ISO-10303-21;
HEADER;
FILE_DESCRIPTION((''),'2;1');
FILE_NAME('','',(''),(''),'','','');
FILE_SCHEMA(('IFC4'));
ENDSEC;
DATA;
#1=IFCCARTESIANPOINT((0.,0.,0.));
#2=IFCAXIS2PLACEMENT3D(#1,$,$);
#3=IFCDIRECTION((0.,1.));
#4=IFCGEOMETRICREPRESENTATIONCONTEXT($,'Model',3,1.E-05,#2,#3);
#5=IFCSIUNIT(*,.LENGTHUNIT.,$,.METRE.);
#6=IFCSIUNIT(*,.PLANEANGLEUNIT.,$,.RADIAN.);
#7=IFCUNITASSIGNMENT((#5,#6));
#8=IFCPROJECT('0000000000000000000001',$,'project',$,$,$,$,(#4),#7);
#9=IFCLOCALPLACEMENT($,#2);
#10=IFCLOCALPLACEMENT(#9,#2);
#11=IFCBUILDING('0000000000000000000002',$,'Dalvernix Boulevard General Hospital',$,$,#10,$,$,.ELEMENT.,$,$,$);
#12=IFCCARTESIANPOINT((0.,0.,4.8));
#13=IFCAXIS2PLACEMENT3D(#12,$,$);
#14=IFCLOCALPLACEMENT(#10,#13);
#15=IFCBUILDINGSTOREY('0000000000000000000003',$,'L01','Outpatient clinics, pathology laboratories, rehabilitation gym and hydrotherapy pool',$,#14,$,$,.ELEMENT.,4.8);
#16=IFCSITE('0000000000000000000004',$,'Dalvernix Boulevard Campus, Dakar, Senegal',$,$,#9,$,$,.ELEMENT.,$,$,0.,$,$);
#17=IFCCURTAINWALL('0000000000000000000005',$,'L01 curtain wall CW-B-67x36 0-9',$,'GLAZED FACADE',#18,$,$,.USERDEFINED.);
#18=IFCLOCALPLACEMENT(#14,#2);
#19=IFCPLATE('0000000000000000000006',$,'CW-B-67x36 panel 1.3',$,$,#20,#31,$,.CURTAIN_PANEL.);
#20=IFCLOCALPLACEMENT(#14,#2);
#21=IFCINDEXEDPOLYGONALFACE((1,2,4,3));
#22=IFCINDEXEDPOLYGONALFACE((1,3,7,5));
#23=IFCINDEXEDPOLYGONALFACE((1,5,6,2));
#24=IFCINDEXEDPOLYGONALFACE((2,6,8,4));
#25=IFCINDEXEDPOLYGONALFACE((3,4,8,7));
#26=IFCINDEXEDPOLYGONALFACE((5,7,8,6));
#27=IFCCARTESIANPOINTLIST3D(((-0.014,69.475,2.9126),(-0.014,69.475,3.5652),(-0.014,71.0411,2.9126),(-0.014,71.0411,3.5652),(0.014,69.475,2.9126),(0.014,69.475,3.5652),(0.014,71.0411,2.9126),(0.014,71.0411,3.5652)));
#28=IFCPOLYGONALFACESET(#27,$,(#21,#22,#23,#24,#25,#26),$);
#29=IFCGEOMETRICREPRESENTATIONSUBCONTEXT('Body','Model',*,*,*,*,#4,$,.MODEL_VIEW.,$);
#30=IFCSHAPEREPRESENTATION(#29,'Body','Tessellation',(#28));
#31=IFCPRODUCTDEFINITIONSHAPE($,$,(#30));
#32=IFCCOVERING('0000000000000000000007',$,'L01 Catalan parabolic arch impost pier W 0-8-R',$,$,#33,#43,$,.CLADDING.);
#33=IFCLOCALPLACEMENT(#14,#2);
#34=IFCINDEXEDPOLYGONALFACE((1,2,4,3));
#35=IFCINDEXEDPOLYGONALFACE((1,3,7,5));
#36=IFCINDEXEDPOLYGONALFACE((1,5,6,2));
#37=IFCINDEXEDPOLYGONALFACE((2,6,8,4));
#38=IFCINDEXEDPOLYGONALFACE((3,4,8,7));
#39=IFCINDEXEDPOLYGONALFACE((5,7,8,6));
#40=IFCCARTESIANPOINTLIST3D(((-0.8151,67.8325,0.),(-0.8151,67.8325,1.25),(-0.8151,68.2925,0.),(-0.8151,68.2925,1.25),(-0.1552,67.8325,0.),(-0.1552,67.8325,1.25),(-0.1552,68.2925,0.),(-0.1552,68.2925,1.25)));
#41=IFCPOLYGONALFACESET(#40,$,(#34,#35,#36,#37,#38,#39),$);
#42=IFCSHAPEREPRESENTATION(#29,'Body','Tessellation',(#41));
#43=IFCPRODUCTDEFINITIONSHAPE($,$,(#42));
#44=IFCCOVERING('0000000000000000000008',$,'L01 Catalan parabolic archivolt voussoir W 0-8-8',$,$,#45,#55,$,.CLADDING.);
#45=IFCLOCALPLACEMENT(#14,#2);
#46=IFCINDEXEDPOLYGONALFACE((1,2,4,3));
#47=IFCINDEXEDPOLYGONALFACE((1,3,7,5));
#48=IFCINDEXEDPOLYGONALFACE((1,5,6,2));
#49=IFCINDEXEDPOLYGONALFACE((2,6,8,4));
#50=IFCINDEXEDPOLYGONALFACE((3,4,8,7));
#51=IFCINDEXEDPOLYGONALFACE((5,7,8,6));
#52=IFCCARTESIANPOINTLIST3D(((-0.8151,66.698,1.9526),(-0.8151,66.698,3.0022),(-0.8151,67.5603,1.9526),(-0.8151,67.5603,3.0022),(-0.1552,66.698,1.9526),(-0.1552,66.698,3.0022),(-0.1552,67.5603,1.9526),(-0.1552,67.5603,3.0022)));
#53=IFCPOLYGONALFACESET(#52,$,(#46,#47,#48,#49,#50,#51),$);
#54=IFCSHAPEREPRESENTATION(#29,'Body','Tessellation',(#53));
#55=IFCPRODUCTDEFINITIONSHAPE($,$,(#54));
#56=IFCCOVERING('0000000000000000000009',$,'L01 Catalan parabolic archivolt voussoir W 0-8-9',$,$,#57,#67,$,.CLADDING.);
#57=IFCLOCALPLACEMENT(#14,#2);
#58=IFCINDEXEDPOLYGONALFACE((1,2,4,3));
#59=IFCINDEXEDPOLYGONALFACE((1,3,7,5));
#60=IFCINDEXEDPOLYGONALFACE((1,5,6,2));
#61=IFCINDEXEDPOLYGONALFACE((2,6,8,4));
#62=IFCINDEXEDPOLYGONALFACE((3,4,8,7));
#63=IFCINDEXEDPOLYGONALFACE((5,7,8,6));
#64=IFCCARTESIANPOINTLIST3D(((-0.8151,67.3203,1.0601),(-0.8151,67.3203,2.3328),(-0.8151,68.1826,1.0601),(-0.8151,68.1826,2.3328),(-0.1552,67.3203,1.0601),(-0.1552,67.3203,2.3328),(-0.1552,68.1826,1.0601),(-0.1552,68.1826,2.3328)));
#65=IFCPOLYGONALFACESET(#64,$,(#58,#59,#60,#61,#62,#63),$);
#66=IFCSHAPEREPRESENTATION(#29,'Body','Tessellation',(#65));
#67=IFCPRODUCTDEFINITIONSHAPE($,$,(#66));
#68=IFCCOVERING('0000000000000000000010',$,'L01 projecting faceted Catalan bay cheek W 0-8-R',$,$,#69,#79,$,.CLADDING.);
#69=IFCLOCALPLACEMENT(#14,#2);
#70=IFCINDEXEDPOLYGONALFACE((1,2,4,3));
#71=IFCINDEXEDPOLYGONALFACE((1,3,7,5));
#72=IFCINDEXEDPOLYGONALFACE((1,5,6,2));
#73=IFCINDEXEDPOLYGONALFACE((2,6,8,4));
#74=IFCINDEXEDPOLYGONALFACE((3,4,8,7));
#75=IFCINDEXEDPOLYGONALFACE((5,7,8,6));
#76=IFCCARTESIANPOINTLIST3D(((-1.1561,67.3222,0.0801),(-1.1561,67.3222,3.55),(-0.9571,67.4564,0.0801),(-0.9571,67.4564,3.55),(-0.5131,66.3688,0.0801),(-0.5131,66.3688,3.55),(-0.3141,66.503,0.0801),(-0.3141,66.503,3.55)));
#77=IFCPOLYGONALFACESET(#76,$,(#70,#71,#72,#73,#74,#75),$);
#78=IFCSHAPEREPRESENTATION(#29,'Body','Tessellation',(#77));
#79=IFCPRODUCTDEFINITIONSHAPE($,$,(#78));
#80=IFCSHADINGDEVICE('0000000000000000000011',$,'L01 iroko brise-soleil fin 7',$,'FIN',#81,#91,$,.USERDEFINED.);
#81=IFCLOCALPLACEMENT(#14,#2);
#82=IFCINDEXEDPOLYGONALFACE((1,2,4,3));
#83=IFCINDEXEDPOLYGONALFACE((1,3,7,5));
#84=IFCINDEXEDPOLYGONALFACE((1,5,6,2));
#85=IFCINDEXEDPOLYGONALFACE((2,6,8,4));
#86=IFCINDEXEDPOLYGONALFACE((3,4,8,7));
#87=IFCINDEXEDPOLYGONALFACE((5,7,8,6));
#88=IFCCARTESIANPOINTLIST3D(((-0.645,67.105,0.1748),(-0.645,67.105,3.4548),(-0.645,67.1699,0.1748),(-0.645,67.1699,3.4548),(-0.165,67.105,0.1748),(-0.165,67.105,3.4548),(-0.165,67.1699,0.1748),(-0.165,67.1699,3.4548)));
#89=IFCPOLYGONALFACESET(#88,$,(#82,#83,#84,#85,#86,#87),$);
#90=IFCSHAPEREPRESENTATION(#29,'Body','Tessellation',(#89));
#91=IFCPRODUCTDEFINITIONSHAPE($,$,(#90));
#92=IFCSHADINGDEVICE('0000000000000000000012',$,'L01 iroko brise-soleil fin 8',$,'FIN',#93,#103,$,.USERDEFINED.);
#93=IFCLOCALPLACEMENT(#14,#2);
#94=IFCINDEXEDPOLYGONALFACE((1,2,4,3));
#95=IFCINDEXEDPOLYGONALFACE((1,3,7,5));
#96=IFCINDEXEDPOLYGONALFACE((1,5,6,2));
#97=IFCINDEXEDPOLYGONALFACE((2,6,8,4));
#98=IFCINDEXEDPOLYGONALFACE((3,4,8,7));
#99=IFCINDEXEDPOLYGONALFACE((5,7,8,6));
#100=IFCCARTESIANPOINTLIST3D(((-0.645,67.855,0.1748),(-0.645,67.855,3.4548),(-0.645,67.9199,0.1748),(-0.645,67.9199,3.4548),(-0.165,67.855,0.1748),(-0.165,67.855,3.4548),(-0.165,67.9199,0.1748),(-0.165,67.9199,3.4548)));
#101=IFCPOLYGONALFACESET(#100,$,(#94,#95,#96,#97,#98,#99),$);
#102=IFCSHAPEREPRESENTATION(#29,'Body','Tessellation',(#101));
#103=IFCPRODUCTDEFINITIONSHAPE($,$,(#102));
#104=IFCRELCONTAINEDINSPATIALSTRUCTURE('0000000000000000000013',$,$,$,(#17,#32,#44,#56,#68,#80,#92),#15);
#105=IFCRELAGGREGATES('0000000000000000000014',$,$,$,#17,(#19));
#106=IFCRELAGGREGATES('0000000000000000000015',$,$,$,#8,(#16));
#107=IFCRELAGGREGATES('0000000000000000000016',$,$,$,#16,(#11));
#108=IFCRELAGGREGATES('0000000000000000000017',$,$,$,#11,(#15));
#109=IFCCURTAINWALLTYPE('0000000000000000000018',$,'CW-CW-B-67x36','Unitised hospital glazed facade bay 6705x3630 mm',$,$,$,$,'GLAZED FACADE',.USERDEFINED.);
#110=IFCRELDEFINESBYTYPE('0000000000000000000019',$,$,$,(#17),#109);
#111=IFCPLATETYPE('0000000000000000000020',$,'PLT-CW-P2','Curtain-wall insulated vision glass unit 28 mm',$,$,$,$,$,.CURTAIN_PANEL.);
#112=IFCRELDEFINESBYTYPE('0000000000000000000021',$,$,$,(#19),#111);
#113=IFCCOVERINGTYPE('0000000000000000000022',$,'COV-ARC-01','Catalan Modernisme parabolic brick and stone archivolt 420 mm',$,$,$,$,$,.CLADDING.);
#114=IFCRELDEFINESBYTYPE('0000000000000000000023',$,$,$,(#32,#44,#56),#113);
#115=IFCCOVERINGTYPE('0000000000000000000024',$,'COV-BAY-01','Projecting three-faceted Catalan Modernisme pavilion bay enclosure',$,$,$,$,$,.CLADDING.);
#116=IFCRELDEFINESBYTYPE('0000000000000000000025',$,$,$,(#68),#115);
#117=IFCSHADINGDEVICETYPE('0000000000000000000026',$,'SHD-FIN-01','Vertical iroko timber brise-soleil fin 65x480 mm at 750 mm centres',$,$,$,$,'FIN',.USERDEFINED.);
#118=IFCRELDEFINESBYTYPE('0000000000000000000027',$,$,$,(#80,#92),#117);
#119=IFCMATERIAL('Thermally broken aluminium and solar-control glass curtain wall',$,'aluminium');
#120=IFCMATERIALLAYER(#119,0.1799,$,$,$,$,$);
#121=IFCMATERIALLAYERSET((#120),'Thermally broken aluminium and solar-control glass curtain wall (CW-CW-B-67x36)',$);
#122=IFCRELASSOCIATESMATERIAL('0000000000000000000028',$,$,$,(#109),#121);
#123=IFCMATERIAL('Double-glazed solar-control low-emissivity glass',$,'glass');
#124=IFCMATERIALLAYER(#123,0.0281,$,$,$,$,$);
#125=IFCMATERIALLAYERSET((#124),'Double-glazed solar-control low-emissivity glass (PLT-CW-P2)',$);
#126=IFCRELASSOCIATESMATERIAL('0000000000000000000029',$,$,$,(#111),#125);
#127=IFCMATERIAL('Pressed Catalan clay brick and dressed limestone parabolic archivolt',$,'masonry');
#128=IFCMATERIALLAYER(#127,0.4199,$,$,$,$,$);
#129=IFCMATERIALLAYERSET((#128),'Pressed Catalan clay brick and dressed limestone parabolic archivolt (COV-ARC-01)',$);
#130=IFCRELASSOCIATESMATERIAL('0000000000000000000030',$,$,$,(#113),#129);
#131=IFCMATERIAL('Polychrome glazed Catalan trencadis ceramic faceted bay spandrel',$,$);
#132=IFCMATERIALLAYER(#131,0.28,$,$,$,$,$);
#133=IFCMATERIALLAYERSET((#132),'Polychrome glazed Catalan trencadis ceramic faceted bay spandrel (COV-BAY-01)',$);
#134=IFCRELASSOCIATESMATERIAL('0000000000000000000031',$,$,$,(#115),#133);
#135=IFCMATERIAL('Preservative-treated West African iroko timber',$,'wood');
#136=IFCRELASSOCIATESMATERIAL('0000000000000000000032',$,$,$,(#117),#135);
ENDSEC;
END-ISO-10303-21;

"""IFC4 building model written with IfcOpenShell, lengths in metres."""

from ifc_helpers import new_model, si_unit, direction, frame, origin, origin_2d, place, context, subcontext, project, spatial, rectangle, extrude, material, layer, layer_set, type_object, element, aggregate, save


model = new_model("IFC4")

# Units and contexts
model_context = context("Model", 3, precision=1e-05, world=origin(), true_north=direction((0.0, 1.0)))
body_context = subcontext(model_context, "Body", "Model", "MODEL_VIEW")
ifc_project = project(units=[si_unit("LENGTHUNIT", "METRE"), si_unit("PLANEANGLEUNIT", "RADIAN")], contexts=[model_context])

# Site, building, storey
site_placement = place(None, origin())
site = spatial("IfcSite", under=ifc_project, at=site_placement, Name="Dalvernix Boulevard Campus, Dakar, Senegal", CompositionType="ELEMENT", RefElevation=0.0)
building_placement = place(site_placement, origin())
building = spatial("IfcBuilding", under=site, at=building_placement, Name="Dalvernix Boulevard General Hospital", CompositionType="ELEMENT")
storey_placement = place(building_placement, frame((0.0, 0.0, 4.8)))
storey = spatial("IfcBuildingStorey", under=building, at=storey_placement, Name="L01", Description="Outpatient clinics, pathology laboratories, rehabilitation gym and hydrotherapy pool", CompositionType="ELEMENT", Elevation=4.8)

# Curtain wall, plate
ifc_material_1 = material(Name="Thermally broken aluminium and solar-control glass curtain wall", Category="aluminium")
ifc_layer_1 = layer(ifc_material_1, 0.1799)
ifc_layer_set_1 = layer_set([ifc_layer_1], Name="Thermally broken aluminium and solar-control glass curtain wall (CW-CW-B-67x36)")
curtain_wall_type = type_object("IfcCurtainWallType", Name="CW-CW-B-67x36", Description="Unitised hospital glazed facade bay 6705x3630 mm", ElementType="GLAZED FACADE", PredefinedType="USERDEFINED", material=ifc_layer_set_1)
curtain_wall_placement = place(storey_placement, origin())
curtain_wall = element("IfcCurtainWall", 1, at=curtain_wall_placement, inside=storey, type_object=curtain_wall_type, Name="L01 curtain wall CW-B-67x36 0-9", ObjectType="GLAZED FACADE", PredefinedType="USERDEFINED")
ifc_material_2 = material(Name="Double-glazed solar-control low-emissivity glass", Category="glass")
ifc_layer_2 = layer(ifc_material_2, 0.0281)
ifc_layer_set_2 = layer_set([ifc_layer_2], Name="Double-glazed solar-control low-emissivity glass (PLT-CW-P2)")
plate_type = type_object("IfcPlateType", Name="PLT-CW-P2", Description="Curtain-wall insulated vision glass unit 28 mm", PredefinedType="CURTAIN_PANEL", material=ifc_layer_set_2)
plate_1_placement = place(storey_placement, frame((0.0, 70.2581, 2.9126), z_axis=(0.0, 0.0, 1.0), x_axis=(0.0, 1.0, 0.0)))
plate_1 = element("IfcPlate", 2, at=plate_1_placement, type_object=plate_type, Name="CW-B-67x36 panel 1.3", PredefinedType="CURTAIN_PANEL", context=body_context, shape_type="SweptSolid", body=[
    extrude(rectangle(XDim=1.5662, YDim=0.0281, at=origin_2d()), origin(), (0.0, 0.0, 1.0), 0.6526),
])
aggregate(curtain_wall, [plate_1])

# Coverings
ifc_material_3 = material(Name="Pressed Catalan clay brick and dressed limestone parabolic archivolt", Category="masonry")
ifc_layer_3 = layer(ifc_material_3, 0.4199)
ifc_layer_set_3 = layer_set([ifc_layer_3], Name="Pressed Catalan clay brick and dressed limestone parabolic archivolt (COV-ARC-01)")
covering_type_1 = type_object("IfcCoveringType", Name="COV-ARC-01", Description="Catalan Modernisme parabolic brick and stone archivolt 420 mm", PredefinedType="CLADDING", material=ifc_layer_set_3)
covering_1_placement = place(storey_placement, frame((-0.4851, 68.0625, 0.0), z_axis=(0.0, 0.0, 1.0), x_axis=(0.0, 1.0, 0.0)))
element("IfcCovering", 3, at=covering_1_placement, inside=storey, type_object=covering_type_1, Name="L01 Catalan parabolic arch impost pier W 0-8-R", PredefinedType="CLADDING", context=body_context, shape_type="SweptSolid", body=[
    extrude(rectangle(XDim=0.46, YDim=0.6599, at=origin_2d()), origin(), (0.0, 0.0, 1.0), 1.25),
])
covering_2_placement = place(storey_placement, frame((-0.4851, 67.1292, 1.9526), z_axis=(0.0, 0.0, 1.0), x_axis=(0.0, 1.0, 0.0)))
element("IfcCovering", 4, at=covering_2_placement, inside=storey, type_object=covering_type_1, Name="L01 Catalan parabolic archivolt voussoir W 0-8-8", PredefinedType="CLADDING", context=body_context, shape_type="SweptSolid", body=[
    extrude(rectangle(XDim=0.8623, YDim=0.6599, at=origin_2d()), origin(), (0.0, 0.0, 1.0), 1.0496),
])
covering_3_placement = place(storey_placement, frame((-0.4851, 67.7515, 1.0601), z_axis=(0.0, 0.0, 1.0), x_axis=(0.0, 1.0, 0.0)))
element("IfcCovering", 5, at=covering_3_placement, inside=storey, type_object=covering_type_1, Name="L01 Catalan parabolic archivolt voussoir W 0-8-9", PredefinedType="CLADDING", context=body_context, shape_type="SweptSolid", body=[
    extrude(rectangle(XDim=0.8623, YDim=0.6599, at=origin_2d()), origin(), (0.0, 0.0, 1.0), 1.2727),
])
ifc_material_4 = material(Name="Polychrome glazed Catalan trencadis ceramic faceted bay spandrel")
ifc_layer_4 = layer(ifc_material_4, 0.28)
ifc_layer_set_4 = layer_set([ifc_layer_4], Name="Polychrome glazed Catalan trencadis ceramic faceted bay spandrel (COV-BAY-01)")
covering_type_2 = type_object("IfcCoveringType", Name="COV-BAY-01", Description="Projecting three-faceted Catalan Modernisme pavilion bay enclosure", PredefinedType="CLADDING", material=ifc_layer_set_4)
covering_4_placement = place(storey_placement, frame((-0.7351, 66.9126, 0.0801), z_axis=(0.0, 0.0, 1.0), x_axis=(-0.559193, 0.829038, 0.0)))
element("IfcCovering", 6, at=covering_4_placement, inside=storey, type_object=covering_type_2, Name="L01 projecting faceted Catalan bay cheek W 0-8-R", PredefinedType="CLADDING", context=body_context, shape_type="SweptSolid", body=[
    extrude(rectangle(XDim=1.1499, YDim=0.24, at=origin_2d()), origin(), (0.0, 0.0, 1.0), 3.47),
])

# Shading devices
ifc_material_5 = material(Name="Preservative-treated West African iroko timber", Category="wood")
shading_device_type = type_object("IfcShadingDeviceType", Name="SHD-FIN-01", Description="Vertical iroko timber brise-soleil fin 65x480 mm at 750 mm centres", ElementType="FIN", PredefinedType="USERDEFINED", material=ifc_material_5)
for number, where, z_axis, x_axis, name in (
    (7, (-0.405, 67.1375, 0.1748), (0.0, 0.0, 1.0), (0.0, 1.0, 0.0), "L01 iroko brise-soleil fin 7"),
    (8, (-0.405, 67.8875, 0.1748), (0.0, 0.0, 1.0), (0.0, 1.0, 0.0), "L01 iroko brise-soleil fin 8"),
):
    element("IfcShadingDevice", number, at=place(storey_placement, frame(where, z_axis=z_axis, x_axis=x_axis)), inside=storey, type_object=shading_device_type, Name=name, ObjectType="FIN", PredefinedType="USERDEFINED", context=body_context, shape_type="SweptSolid", body=[
        extrude(rectangle(XDim=0.0649, YDim=0.48, at=origin_2d()), origin(), (0.0, 0.0, 1.0), 3.28),
    ])

save(model, "model.ifc")
